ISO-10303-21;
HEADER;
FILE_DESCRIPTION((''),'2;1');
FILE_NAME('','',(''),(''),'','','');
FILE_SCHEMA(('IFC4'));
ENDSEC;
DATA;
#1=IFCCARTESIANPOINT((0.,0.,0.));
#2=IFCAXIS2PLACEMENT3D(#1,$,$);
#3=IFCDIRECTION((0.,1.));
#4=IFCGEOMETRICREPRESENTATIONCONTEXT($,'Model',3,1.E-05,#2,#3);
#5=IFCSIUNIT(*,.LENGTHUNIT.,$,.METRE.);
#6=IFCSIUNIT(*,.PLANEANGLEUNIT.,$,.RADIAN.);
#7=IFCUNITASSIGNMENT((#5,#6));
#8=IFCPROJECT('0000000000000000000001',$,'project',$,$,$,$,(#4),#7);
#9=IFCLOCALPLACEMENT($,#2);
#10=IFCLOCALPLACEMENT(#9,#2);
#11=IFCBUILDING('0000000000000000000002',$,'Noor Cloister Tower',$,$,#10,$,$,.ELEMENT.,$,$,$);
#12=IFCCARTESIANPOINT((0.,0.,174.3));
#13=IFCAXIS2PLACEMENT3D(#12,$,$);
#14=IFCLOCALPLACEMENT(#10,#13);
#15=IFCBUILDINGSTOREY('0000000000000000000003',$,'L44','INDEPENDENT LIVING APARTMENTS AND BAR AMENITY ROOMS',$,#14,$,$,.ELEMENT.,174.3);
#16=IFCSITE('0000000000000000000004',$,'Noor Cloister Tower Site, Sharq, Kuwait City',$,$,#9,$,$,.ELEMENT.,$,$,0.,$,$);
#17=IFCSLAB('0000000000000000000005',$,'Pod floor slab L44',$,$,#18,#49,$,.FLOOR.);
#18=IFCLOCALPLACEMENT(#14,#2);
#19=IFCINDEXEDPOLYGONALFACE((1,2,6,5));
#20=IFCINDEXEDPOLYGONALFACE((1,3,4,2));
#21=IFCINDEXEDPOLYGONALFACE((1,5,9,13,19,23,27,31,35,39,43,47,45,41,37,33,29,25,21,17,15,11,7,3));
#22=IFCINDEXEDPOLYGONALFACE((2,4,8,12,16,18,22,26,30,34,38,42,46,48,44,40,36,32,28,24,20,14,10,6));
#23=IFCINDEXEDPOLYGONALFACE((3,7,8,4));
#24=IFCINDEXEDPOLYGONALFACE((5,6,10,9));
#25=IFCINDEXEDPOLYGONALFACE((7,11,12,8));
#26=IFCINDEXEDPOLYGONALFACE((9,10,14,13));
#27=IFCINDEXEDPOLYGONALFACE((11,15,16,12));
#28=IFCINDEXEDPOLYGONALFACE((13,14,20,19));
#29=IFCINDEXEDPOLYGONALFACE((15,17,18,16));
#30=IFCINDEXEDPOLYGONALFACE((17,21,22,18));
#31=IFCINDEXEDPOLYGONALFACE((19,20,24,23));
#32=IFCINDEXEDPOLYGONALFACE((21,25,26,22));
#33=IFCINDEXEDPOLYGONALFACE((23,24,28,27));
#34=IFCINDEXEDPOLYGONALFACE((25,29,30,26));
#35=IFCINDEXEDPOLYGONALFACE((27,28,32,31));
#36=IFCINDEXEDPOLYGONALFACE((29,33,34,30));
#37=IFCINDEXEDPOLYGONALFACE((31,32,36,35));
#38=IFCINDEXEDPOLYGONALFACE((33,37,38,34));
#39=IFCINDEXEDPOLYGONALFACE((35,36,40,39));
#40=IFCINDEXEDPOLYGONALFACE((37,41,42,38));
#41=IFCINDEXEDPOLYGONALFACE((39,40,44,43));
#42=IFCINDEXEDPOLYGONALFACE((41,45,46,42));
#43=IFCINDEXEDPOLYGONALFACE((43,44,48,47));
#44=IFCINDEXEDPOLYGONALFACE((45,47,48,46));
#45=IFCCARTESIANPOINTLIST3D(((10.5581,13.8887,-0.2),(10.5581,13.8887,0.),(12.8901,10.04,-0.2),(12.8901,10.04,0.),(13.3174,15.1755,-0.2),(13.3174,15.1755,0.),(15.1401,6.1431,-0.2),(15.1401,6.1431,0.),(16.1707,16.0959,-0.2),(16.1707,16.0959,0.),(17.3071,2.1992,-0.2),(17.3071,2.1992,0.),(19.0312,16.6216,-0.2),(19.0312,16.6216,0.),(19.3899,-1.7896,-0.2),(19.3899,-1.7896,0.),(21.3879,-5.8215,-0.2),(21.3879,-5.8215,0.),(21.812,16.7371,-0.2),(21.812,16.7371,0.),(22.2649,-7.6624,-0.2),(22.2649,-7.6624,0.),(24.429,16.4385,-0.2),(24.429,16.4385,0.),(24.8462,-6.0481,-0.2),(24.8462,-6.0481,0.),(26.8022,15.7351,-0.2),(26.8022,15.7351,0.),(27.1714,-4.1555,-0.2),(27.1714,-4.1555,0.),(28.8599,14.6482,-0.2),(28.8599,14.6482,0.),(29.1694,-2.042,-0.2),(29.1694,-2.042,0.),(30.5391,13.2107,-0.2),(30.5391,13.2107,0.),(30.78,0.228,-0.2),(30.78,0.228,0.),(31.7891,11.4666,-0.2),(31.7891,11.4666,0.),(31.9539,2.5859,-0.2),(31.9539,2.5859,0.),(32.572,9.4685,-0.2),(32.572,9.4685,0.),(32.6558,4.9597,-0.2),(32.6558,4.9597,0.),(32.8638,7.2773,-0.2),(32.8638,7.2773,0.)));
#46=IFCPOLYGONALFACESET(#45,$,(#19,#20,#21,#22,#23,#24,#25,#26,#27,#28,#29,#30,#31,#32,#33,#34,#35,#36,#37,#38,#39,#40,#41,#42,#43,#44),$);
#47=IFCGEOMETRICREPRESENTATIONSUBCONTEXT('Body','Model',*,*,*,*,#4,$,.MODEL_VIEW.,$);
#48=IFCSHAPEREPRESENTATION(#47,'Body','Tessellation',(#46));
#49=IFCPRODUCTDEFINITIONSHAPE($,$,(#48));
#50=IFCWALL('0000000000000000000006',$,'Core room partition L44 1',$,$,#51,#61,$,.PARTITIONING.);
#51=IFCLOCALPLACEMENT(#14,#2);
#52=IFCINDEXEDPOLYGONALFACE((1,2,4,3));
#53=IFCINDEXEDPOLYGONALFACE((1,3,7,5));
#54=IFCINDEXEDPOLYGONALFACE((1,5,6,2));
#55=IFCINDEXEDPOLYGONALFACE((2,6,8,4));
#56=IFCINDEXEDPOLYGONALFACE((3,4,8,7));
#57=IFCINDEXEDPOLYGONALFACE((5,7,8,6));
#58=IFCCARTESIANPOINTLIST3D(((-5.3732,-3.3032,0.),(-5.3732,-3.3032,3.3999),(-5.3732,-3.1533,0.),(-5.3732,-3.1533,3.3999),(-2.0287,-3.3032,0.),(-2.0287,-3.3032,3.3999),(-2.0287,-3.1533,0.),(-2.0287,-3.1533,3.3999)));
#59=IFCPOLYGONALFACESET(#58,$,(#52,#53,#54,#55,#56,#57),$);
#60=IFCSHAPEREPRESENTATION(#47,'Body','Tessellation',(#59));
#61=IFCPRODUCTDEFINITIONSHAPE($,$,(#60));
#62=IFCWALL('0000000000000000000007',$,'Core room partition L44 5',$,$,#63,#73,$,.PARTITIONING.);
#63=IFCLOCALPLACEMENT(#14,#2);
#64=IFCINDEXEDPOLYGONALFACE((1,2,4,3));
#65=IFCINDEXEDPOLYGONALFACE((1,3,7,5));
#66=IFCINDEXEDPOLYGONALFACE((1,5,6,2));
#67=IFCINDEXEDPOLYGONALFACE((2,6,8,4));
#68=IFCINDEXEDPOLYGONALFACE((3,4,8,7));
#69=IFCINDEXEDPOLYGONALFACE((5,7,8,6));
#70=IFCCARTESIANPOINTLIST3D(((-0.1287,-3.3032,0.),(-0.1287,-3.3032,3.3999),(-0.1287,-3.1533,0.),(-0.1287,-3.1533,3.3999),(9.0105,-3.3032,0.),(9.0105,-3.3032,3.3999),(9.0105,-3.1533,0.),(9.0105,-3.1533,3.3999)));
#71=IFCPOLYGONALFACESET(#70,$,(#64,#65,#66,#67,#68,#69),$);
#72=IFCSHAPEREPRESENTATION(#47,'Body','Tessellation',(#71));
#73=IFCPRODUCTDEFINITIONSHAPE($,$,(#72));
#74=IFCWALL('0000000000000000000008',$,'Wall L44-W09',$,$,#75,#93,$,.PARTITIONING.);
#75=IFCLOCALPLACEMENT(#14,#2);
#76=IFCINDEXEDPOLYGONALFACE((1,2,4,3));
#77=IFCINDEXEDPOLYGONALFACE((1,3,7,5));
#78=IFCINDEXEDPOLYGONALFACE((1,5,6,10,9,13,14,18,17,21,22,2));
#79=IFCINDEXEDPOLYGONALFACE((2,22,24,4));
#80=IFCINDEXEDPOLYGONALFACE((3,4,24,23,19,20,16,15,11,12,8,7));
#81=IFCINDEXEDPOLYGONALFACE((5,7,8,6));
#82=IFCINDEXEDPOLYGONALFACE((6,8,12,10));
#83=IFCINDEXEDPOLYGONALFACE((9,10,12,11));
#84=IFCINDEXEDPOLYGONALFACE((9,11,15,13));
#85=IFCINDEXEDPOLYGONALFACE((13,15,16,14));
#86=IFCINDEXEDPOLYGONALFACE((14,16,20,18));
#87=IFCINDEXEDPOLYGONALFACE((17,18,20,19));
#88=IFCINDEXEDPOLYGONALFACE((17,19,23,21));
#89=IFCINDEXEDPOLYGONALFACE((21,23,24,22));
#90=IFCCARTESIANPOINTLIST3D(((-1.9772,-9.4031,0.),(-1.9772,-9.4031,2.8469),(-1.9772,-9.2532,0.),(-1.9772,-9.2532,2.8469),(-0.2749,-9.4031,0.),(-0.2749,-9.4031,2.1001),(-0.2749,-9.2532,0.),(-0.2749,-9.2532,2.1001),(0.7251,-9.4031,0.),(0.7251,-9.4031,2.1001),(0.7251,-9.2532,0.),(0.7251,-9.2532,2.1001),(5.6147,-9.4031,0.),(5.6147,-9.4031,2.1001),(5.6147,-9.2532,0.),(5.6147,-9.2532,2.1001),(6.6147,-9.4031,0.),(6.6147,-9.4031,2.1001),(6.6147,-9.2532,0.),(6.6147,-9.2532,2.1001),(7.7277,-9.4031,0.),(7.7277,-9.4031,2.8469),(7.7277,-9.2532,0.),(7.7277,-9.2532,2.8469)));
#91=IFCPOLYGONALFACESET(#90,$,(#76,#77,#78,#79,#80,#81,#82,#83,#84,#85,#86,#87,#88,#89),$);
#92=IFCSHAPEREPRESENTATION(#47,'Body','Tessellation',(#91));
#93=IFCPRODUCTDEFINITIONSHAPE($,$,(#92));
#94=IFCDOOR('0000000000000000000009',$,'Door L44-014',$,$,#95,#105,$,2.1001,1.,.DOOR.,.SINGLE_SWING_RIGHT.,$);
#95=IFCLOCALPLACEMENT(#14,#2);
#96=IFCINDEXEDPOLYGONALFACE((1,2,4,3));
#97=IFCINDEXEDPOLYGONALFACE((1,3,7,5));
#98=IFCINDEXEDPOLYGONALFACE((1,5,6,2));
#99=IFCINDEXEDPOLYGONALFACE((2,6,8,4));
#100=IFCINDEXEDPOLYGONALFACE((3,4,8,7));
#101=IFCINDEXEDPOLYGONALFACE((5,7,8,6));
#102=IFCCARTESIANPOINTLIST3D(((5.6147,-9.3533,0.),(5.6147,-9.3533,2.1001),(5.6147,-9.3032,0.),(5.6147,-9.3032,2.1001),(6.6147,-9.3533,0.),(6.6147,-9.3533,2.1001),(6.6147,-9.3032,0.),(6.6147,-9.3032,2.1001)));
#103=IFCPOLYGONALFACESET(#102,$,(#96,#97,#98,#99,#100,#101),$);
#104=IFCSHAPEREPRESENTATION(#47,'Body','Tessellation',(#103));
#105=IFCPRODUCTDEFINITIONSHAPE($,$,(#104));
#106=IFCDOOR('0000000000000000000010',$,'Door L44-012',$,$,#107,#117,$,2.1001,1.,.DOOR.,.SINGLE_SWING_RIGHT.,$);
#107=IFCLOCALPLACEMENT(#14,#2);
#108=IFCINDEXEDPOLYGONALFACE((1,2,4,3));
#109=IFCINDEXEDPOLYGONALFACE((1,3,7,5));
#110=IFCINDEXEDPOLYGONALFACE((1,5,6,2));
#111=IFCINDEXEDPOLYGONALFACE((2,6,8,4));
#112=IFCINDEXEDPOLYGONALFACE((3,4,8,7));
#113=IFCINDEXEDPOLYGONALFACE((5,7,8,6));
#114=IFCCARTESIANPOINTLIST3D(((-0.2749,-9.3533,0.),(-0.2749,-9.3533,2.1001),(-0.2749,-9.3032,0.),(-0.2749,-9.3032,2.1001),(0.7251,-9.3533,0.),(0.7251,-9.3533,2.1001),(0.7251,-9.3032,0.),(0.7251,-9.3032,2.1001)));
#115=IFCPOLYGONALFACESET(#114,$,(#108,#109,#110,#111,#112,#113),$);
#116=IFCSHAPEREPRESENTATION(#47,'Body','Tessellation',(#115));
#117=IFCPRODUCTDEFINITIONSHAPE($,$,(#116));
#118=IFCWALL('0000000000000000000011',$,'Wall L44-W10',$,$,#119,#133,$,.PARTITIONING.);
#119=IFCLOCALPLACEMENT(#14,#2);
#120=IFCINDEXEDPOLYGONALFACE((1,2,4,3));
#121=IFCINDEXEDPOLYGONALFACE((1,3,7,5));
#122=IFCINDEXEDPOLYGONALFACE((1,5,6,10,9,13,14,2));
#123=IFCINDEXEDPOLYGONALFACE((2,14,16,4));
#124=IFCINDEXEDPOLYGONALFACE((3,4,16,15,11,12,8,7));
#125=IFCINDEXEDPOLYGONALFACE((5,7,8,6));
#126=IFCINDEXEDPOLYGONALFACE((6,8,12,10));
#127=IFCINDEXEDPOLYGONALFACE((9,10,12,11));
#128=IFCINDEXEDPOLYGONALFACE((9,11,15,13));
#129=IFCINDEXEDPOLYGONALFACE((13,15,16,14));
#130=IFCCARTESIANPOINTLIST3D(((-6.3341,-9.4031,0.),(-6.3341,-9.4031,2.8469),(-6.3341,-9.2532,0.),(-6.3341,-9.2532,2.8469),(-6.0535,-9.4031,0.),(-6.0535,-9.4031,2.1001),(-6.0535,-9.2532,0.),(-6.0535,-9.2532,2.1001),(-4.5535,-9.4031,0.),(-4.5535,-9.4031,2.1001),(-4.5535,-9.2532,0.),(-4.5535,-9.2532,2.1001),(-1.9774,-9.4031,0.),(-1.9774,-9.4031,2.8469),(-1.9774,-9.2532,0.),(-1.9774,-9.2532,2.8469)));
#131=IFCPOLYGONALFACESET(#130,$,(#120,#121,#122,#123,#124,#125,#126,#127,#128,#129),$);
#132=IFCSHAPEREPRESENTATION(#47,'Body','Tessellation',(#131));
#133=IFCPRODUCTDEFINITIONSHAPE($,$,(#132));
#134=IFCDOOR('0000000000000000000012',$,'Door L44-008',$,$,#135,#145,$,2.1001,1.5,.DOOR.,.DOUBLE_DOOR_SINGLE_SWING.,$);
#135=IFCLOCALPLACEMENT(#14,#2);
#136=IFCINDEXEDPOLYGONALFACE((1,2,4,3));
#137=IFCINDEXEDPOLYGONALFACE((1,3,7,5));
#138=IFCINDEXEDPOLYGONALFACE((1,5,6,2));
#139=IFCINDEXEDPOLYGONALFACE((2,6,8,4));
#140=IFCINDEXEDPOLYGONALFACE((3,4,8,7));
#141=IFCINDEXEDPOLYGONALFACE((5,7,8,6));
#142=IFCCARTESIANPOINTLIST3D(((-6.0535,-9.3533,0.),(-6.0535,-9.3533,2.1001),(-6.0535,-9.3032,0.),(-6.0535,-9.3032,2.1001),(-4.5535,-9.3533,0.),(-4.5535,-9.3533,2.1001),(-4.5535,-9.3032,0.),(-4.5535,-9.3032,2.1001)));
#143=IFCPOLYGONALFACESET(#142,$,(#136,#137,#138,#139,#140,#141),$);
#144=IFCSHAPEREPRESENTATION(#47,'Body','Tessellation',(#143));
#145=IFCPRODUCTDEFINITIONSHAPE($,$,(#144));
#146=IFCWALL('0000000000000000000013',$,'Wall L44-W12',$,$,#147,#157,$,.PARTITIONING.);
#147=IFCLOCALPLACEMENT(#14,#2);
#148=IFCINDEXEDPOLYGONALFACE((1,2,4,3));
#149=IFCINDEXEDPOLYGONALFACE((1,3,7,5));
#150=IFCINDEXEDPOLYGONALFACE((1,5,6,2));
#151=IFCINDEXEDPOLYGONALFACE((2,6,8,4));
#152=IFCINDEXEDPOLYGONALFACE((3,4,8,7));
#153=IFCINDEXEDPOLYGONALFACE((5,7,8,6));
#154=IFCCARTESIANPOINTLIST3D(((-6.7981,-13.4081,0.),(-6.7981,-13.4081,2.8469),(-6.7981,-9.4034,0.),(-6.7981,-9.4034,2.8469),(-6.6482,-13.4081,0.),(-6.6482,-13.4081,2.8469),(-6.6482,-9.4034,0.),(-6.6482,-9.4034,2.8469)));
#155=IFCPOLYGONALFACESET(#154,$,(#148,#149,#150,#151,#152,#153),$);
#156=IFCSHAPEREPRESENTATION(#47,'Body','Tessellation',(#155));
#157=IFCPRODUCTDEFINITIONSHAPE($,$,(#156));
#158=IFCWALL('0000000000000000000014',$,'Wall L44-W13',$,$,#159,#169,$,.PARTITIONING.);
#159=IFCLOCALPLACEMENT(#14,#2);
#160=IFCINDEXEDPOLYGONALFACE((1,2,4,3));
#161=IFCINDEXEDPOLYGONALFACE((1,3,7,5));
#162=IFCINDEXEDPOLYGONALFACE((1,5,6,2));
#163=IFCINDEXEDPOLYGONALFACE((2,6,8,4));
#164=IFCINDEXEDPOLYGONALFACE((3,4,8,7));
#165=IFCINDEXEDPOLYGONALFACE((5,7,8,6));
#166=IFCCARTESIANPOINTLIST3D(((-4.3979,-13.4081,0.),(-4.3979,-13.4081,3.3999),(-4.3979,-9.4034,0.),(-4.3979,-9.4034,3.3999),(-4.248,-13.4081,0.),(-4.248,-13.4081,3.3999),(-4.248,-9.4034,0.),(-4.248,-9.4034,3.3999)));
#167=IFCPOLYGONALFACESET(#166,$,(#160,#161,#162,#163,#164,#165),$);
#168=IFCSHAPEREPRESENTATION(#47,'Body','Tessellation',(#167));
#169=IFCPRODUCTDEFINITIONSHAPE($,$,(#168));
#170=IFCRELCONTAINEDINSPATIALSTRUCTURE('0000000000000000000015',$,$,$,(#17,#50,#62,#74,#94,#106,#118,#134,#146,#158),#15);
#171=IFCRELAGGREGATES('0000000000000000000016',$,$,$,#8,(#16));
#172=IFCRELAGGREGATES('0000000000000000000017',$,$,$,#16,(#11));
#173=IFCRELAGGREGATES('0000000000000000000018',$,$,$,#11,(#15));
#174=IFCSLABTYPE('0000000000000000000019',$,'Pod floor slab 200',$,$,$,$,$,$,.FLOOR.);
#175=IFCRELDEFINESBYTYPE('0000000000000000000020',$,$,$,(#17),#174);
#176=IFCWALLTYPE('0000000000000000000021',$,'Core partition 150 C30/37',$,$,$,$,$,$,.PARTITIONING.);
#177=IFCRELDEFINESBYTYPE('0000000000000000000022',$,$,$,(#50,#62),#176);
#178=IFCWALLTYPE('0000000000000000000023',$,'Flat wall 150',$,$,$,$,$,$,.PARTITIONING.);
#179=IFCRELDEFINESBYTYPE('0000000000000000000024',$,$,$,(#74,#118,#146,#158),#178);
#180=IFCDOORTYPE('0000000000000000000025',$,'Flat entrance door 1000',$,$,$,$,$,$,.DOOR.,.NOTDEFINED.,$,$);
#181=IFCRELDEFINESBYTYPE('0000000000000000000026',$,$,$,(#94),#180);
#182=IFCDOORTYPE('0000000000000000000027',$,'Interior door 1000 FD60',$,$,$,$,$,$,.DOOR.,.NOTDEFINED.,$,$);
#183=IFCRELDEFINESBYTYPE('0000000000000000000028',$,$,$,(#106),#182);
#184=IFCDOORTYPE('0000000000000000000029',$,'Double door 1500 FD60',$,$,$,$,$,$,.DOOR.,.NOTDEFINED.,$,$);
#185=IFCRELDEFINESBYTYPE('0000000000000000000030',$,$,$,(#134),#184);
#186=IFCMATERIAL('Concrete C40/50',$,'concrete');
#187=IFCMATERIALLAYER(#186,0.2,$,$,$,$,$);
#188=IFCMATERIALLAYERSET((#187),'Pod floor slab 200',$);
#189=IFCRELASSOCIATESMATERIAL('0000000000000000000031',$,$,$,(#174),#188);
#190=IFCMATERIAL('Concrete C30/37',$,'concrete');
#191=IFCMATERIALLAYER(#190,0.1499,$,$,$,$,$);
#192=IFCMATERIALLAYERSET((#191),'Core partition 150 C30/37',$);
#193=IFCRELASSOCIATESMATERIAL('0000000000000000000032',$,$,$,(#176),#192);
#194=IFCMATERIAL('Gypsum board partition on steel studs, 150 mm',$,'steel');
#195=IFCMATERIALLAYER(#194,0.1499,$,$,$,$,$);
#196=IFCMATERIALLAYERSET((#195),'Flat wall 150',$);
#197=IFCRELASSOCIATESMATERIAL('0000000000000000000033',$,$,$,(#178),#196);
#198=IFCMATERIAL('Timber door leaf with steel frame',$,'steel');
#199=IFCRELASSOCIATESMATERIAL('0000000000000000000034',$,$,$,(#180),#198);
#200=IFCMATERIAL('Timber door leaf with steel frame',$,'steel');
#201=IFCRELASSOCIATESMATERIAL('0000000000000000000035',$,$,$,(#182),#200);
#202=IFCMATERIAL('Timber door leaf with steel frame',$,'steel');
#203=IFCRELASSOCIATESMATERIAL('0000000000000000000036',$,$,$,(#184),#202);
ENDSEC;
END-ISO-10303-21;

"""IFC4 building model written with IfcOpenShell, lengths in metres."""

from ifc_helpers import new_model, si_unit, direction, frame, frame_2d, origin, place, context, subcontext, project, spatial, polyline, rectangle, outline, extrude, material, layer, layer_set, type_object, element, fill, save


model = new_model("IFC4")

# Units and contexts
model_context = context("Model", 3, precision=1e-05, world=origin(), true_north=direction((0.0, 1.0)))
body_context = subcontext(model_context, "Body", "Model", "MODEL_VIEW")
ifc_project = project(units=[si_unit("LENGTHUNIT", "METRE"), si_unit("PLANEANGLEUNIT", "RADIAN")], contexts=[model_context])

# Site, building, storey
site_placement = place(None, origin())
site = spatial("IfcSite", under=ifc_project, at=site_placement, Name="Noor Cloister Tower Site, Sharq, Kuwait City", CompositionType="ELEMENT", RefElevation=0.0)
building_placement = place(site_placement, origin())
building = spatial("IfcBuilding", under=site, at=building_placement, Name="Noor Cloister Tower", CompositionType="ELEMENT")
storey_placement = place(building_placement, frame((0.0, 0.0, 174.3)))
storey = spatial("IfcBuildingStorey", under=building, at=storey_placement, Name="L44", Description="INDEPENDENT LIVING APARTMENTS AND BAR AMENITY ROOMS", CompositionType="ELEMENT", Elevation=174.3)

# Slab
ifc_material_1 = material(Name="Concrete C40/50", Category="concrete")
ifc_layer_1 = layer(ifc_material_1, 0.2)
ifc_layer_set_1 = layer_set([ifc_layer_1], Name="Pod floor slab 200")
slab_type_1 = type_object("IfcSlabType", Name="Pod floor slab 200", PredefinedType="FLOOR", material=ifc_layer_set_1)
slab_1_placement = place(storey_placement, frame((0.0, 0.0, -0.2)))
element("IfcSlab", 1, at=slab_1_placement, inside=storey, type_object=slab_type_1, Name="Pod floor slab L44", PredefinedType="FLOOR", context=body_context, shape_type="SweptSolid", body=[
    extrude(outline(polyline([(22.2649, -7.6624), (24.8462, -6.0481), (27.1714, -4.1555), (29.1694, -2.042), (30.78, 0.228), (31.9539, 2.5859), (32.6558, 4.9597), (32.8638, 7.2773), (32.572, 9.4685), (31.7891, 11.4666), (30.5391, 13.2107), (28.8599, 14.6482), (26.8022, 15.7351), (24.429, 16.4385), (21.812, 16.7371), (19.0312, 16.6216), (16.1707, 16.0959), (13.3174, 15.1755), (10.5581, 13.8887), (12.8901, 10.04), (15.1401, 6.1431), (17.3071, 2.1992), (19.3899, -1.7896), (21.3879, -5.8215), (22.2649, -7.6624)])), origin(), (0.0, 0.0, 1.0), 0.2),
])

# Walls
ifc_material_2 = material(Name="Concrete C30/37", Category="concrete")
ifc_layer_2 = layer(ifc_material_2, 0.1499)
ifc_layer_set_2 = layer_set([ifc_layer_2], Name="Core partition 150 C30/37")
wall_type_1 = type_object("IfcWallType", Name="Core partition 150 C30/37", PredefinedType="PARTITIONING", material=ifc_layer_set_2)
wall_1_placement = place(storey_placement, frame((-5.3733, -3.2283, 0.0), z_axis=(0.0, 0.0, 1.0), x_axis=(1.0, 0.0, 0.0)))
element("IfcWall", 2, at=wall_1_placement, inside=storey, type_object=wall_type_1, Name="Core room partition L44 1", PredefinedType="PARTITIONING", context=body_context, shape_type="SweptSolid", body=[
    extrude(rectangle(XDim=3.3445, YDim=0.1499, at=frame_2d((1.6724, 0.0))), origin(), (0.0, 0.0, 1.0), 3.3999),
])
wall_2_placement = place(storey_placement, frame((-0.1287, -3.2283, 0.0), z_axis=(0.0, 0.0, 1.0), x_axis=(1.0, 0.0, 0.0)))
element("IfcWall", 3, at=wall_2_placement, inside=storey, type_object=wall_type_1, Name="Core room partition L44 5", PredefinedType="PARTITIONING", context=body_context, shape_type="SweptSolid", body=[
    extrude(rectangle(XDim=9.1392, YDim=0.1499, at=frame_2d((4.5696, 0.0))), origin(), (0.0, 0.0, 1.0), 3.3999),
])

# Wall, openings, doors
ifc_material_3 = material(Name="Gypsum board partition on steel studs, 150 mm", Category="steel")
ifc_layer_3 = layer(ifc_material_3, 0.1499)
ifc_layer_set_3 = layer_set([ifc_layer_3], Name="Flat wall 150")
wall_type_2 = type_object("IfcWallType", Name="Flat wall 150", PredefinedType="PARTITIONING", material=ifc_layer_set_3)
wall_3_placement = place(storey_placement, frame((-1.9773, -9.3281, 0.0), z_axis=(0.0, 0.0, 1.0), x_axis=(1.0, 0.0, 0.0)))
wall_3 = element("IfcWall", 4, at=wall_3_placement, inside=storey, type_object=wall_type_2, Name="Wall L44-W09", PredefinedType="PARTITIONING", context=body_context, shape_type="SweptSolid", body=[
    extrude(rectangle(XDim=9.7048, YDim=0.1499, at=frame_2d((4.8525, 0.0))), origin(), (0.0, 0.0, 1.0), 2.8469),
])
opening_1_placement = place(wall_3_placement, frame((1.7024, 0.0, 0.0)))
opening_1 = element("IfcOpeningElement", 5, at=opening_1_placement, cuts=wall_3, PredefinedType="OPENING", context=body_context, shape_type="SweptSolid", body=[
    extrude(rectangle(XDim=1.0, YDim=2.1001, at=frame_2d((0.5, 1.05))), frame((0.0, 0.085, 0.0), z_axis=(0.0, -1.0, 0.0), x_axis=(1.0, 0.0, 0.0)), (0.0, 0.0, 1.0), 0.1699),
])
opening_2_placement = place(wall_3_placement, frame((7.592, 0.0, 0.0)))
opening_2 = element("IfcOpeningElement", 6, at=opening_2_placement, cuts=wall_3, PredefinedType="OPENING", context=body_context, shape_type="SweptSolid", body=[
    extrude(rectangle(XDim=1.0, YDim=2.1001, at=frame_2d((0.5, 1.05))), frame((0.0, 0.085, 0.0), z_axis=(0.0, -1.0, 0.0), x_axis=(1.0, 0.0, 0.0)), (0.0, 0.0, 1.0), 0.1699),
])
ifc_material_4 = material(Name="Timber door leaf with steel frame", Category="steel")
door_type_1 = type_object("IfcDoorType", Name="Flat entrance door 1000", OperationType="NOTDEFINED", PredefinedType="DOOR", material=ifc_material_4)
door_1_placement = place(opening_2_placement, origin())
door_1 = element("IfcDoor", 7, at=door_1_placement, inside=storey, type_object=door_type_1, Name="Door L44-014", OperationType="SINGLE_SWING_RIGHT", OverallHeight=2.1001, OverallWidth=1.0, PredefinedType="DOOR", context=body_context, shape_type="SweptSolid", body=[
    extrude(rectangle(XDim=1.0, YDim=2.1001, at=frame_2d((0.5, 1.05))), frame((0.0, 0.0249, 0.0), z_axis=(0.0, -1.0, 0.0), x_axis=(1.0, 0.0, 0.0)), (0.0, 0.0, 1.0), 0.05),
])
fill(opening_2, door_1)
ifc_material_5 = material(Name="Timber door leaf with steel frame", Category="steel")
door_type_2 = type_object("IfcDoorType", Name="Interior door 1000 FD60", OperationType="NOTDEFINED", PredefinedType="DOOR", material=ifc_material_5)
door_2_placement = place(opening_1_placement, origin())
door_2 = element("IfcDoor", 8, at=door_2_placement, inside=storey, type_object=door_type_2, Name="Door L44-012", OperationType="SINGLE_SWING_RIGHT", OverallHeight=2.1001, OverallWidth=1.0, PredefinedType="DOOR", context=body_context, shape_type="SweptSolid", body=[
    extrude(rectangle(XDim=1.0, YDim=2.1001, at=frame_2d((0.5, 1.05))), frame((0.0, 0.0249, 0.0), z_axis=(0.0, -1.0, 0.0), x_axis=(1.0, 0.0, 0.0)), (0.0, 0.0, 1.0), 0.05),
])
fill(opening_1, door_2)

# Wall, opening, door
wall_4_placement = place(storey_placement, frame((-6.334, -9.3281, 0.0), z_axis=(0.0, 0.0, 1.0), x_axis=(1.0, 0.0, 0.0)))
wall_4 = element("IfcWall", 9, at=wall_4_placement, inside=storey, type_object=wall_type_2, Name="Wall L44-W10", PredefinedType="PARTITIONING", context=body_context, shape_type="SweptSolid", body=[
    extrude(rectangle(XDim=4.3567, YDim=0.1499, at=frame_2d((2.1782, 0.0))), origin(), (0.0, 0.0, 1.0), 2.8469),
])
opening_3_placement = place(wall_4_placement, frame((0.2805, 0.0, 0.0)))
opening_3 = element("IfcOpeningElement", 10, at=opening_3_placement, cuts=wall_4, PredefinedType="OPENING", context=body_context, shape_type="SweptSolid", body=[
    extrude(rectangle(XDim=1.5, YDim=2.1001, at=frame_2d((0.75, 1.05))), frame((0.0, 0.085, 0.0), z_axis=(0.0, -1.0, 0.0), x_axis=(1.0, 0.0, 0.0)), (0.0, 0.0, 1.0), 0.1699),
])
ifc_material_6 = material(Name="Timber door leaf with steel frame", Category="steel")
door_type_3 = type_object("IfcDoorType", Name="Double door 1500 FD60", OperationType="NOTDEFINED", PredefinedType="DOOR", material=ifc_material_6)
door_3_placement = place(opening_3_placement, origin())
door_3 = element("IfcDoor", 11, at=door_3_placement, inside=storey, type_object=door_type_3, Name="Door L44-008", OperationType="DOUBLE_DOOR_SINGLE_SWING", OverallHeight=2.1001, OverallWidth=1.5, PredefinedType="DOOR", context=body_context, shape_type="SweptSolid", body=[
    extrude(rectangle(XDim=1.5, YDim=2.1001, at=frame_2d((0.75, 1.05))), frame((0.0, 0.0249, 0.0), z_axis=(0.0, -1.0, 0.0), x_axis=(1.0, 0.0, 0.0)), (0.0, 0.0, 1.0), 0.05),
])
fill(opening_3, door_3)

# Walls
wall_5_placement = place(storey_placement, frame((-6.7231, -9.4033, 0.0), z_axis=(0.0, 0.0, 1.0), x_axis=(0.0, -1.0, 0.0)))
element("IfcWall", 12, at=wall_5_placement, inside=storey, type_object=wall_type_2, Name="Wall L44-W12", PredefinedType="PARTITIONING", context=body_context, shape_type="SweptSolid", body=[
    extrude(rectangle(XDim=4.0046, YDim=0.1499, at=frame_2d((2.0024, 0.0))), origin(), (0.0, 0.0, 1.0), 2.8469),
])
wall_6_placement = place(storey_placement, frame((-4.323, -9.4033, 0.0), z_axis=(0.0, 0.0, 1.0), x_axis=(0.0, -1.0, 0.0)))
element("IfcWall", 13, at=wall_6_placement, inside=storey, type_object=wall_type_2, Name="Wall L44-W13", PredefinedType="PARTITIONING", context=body_context, shape_type="SweptSolid", body=[
    extrude(rectangle(XDim=4.0046, YDim=0.1499, at=frame_2d((2.0024, 0.0))), origin(), (0.0, 0.0, 1.0), 3.3999),
])

save(model, "model.ifc")
